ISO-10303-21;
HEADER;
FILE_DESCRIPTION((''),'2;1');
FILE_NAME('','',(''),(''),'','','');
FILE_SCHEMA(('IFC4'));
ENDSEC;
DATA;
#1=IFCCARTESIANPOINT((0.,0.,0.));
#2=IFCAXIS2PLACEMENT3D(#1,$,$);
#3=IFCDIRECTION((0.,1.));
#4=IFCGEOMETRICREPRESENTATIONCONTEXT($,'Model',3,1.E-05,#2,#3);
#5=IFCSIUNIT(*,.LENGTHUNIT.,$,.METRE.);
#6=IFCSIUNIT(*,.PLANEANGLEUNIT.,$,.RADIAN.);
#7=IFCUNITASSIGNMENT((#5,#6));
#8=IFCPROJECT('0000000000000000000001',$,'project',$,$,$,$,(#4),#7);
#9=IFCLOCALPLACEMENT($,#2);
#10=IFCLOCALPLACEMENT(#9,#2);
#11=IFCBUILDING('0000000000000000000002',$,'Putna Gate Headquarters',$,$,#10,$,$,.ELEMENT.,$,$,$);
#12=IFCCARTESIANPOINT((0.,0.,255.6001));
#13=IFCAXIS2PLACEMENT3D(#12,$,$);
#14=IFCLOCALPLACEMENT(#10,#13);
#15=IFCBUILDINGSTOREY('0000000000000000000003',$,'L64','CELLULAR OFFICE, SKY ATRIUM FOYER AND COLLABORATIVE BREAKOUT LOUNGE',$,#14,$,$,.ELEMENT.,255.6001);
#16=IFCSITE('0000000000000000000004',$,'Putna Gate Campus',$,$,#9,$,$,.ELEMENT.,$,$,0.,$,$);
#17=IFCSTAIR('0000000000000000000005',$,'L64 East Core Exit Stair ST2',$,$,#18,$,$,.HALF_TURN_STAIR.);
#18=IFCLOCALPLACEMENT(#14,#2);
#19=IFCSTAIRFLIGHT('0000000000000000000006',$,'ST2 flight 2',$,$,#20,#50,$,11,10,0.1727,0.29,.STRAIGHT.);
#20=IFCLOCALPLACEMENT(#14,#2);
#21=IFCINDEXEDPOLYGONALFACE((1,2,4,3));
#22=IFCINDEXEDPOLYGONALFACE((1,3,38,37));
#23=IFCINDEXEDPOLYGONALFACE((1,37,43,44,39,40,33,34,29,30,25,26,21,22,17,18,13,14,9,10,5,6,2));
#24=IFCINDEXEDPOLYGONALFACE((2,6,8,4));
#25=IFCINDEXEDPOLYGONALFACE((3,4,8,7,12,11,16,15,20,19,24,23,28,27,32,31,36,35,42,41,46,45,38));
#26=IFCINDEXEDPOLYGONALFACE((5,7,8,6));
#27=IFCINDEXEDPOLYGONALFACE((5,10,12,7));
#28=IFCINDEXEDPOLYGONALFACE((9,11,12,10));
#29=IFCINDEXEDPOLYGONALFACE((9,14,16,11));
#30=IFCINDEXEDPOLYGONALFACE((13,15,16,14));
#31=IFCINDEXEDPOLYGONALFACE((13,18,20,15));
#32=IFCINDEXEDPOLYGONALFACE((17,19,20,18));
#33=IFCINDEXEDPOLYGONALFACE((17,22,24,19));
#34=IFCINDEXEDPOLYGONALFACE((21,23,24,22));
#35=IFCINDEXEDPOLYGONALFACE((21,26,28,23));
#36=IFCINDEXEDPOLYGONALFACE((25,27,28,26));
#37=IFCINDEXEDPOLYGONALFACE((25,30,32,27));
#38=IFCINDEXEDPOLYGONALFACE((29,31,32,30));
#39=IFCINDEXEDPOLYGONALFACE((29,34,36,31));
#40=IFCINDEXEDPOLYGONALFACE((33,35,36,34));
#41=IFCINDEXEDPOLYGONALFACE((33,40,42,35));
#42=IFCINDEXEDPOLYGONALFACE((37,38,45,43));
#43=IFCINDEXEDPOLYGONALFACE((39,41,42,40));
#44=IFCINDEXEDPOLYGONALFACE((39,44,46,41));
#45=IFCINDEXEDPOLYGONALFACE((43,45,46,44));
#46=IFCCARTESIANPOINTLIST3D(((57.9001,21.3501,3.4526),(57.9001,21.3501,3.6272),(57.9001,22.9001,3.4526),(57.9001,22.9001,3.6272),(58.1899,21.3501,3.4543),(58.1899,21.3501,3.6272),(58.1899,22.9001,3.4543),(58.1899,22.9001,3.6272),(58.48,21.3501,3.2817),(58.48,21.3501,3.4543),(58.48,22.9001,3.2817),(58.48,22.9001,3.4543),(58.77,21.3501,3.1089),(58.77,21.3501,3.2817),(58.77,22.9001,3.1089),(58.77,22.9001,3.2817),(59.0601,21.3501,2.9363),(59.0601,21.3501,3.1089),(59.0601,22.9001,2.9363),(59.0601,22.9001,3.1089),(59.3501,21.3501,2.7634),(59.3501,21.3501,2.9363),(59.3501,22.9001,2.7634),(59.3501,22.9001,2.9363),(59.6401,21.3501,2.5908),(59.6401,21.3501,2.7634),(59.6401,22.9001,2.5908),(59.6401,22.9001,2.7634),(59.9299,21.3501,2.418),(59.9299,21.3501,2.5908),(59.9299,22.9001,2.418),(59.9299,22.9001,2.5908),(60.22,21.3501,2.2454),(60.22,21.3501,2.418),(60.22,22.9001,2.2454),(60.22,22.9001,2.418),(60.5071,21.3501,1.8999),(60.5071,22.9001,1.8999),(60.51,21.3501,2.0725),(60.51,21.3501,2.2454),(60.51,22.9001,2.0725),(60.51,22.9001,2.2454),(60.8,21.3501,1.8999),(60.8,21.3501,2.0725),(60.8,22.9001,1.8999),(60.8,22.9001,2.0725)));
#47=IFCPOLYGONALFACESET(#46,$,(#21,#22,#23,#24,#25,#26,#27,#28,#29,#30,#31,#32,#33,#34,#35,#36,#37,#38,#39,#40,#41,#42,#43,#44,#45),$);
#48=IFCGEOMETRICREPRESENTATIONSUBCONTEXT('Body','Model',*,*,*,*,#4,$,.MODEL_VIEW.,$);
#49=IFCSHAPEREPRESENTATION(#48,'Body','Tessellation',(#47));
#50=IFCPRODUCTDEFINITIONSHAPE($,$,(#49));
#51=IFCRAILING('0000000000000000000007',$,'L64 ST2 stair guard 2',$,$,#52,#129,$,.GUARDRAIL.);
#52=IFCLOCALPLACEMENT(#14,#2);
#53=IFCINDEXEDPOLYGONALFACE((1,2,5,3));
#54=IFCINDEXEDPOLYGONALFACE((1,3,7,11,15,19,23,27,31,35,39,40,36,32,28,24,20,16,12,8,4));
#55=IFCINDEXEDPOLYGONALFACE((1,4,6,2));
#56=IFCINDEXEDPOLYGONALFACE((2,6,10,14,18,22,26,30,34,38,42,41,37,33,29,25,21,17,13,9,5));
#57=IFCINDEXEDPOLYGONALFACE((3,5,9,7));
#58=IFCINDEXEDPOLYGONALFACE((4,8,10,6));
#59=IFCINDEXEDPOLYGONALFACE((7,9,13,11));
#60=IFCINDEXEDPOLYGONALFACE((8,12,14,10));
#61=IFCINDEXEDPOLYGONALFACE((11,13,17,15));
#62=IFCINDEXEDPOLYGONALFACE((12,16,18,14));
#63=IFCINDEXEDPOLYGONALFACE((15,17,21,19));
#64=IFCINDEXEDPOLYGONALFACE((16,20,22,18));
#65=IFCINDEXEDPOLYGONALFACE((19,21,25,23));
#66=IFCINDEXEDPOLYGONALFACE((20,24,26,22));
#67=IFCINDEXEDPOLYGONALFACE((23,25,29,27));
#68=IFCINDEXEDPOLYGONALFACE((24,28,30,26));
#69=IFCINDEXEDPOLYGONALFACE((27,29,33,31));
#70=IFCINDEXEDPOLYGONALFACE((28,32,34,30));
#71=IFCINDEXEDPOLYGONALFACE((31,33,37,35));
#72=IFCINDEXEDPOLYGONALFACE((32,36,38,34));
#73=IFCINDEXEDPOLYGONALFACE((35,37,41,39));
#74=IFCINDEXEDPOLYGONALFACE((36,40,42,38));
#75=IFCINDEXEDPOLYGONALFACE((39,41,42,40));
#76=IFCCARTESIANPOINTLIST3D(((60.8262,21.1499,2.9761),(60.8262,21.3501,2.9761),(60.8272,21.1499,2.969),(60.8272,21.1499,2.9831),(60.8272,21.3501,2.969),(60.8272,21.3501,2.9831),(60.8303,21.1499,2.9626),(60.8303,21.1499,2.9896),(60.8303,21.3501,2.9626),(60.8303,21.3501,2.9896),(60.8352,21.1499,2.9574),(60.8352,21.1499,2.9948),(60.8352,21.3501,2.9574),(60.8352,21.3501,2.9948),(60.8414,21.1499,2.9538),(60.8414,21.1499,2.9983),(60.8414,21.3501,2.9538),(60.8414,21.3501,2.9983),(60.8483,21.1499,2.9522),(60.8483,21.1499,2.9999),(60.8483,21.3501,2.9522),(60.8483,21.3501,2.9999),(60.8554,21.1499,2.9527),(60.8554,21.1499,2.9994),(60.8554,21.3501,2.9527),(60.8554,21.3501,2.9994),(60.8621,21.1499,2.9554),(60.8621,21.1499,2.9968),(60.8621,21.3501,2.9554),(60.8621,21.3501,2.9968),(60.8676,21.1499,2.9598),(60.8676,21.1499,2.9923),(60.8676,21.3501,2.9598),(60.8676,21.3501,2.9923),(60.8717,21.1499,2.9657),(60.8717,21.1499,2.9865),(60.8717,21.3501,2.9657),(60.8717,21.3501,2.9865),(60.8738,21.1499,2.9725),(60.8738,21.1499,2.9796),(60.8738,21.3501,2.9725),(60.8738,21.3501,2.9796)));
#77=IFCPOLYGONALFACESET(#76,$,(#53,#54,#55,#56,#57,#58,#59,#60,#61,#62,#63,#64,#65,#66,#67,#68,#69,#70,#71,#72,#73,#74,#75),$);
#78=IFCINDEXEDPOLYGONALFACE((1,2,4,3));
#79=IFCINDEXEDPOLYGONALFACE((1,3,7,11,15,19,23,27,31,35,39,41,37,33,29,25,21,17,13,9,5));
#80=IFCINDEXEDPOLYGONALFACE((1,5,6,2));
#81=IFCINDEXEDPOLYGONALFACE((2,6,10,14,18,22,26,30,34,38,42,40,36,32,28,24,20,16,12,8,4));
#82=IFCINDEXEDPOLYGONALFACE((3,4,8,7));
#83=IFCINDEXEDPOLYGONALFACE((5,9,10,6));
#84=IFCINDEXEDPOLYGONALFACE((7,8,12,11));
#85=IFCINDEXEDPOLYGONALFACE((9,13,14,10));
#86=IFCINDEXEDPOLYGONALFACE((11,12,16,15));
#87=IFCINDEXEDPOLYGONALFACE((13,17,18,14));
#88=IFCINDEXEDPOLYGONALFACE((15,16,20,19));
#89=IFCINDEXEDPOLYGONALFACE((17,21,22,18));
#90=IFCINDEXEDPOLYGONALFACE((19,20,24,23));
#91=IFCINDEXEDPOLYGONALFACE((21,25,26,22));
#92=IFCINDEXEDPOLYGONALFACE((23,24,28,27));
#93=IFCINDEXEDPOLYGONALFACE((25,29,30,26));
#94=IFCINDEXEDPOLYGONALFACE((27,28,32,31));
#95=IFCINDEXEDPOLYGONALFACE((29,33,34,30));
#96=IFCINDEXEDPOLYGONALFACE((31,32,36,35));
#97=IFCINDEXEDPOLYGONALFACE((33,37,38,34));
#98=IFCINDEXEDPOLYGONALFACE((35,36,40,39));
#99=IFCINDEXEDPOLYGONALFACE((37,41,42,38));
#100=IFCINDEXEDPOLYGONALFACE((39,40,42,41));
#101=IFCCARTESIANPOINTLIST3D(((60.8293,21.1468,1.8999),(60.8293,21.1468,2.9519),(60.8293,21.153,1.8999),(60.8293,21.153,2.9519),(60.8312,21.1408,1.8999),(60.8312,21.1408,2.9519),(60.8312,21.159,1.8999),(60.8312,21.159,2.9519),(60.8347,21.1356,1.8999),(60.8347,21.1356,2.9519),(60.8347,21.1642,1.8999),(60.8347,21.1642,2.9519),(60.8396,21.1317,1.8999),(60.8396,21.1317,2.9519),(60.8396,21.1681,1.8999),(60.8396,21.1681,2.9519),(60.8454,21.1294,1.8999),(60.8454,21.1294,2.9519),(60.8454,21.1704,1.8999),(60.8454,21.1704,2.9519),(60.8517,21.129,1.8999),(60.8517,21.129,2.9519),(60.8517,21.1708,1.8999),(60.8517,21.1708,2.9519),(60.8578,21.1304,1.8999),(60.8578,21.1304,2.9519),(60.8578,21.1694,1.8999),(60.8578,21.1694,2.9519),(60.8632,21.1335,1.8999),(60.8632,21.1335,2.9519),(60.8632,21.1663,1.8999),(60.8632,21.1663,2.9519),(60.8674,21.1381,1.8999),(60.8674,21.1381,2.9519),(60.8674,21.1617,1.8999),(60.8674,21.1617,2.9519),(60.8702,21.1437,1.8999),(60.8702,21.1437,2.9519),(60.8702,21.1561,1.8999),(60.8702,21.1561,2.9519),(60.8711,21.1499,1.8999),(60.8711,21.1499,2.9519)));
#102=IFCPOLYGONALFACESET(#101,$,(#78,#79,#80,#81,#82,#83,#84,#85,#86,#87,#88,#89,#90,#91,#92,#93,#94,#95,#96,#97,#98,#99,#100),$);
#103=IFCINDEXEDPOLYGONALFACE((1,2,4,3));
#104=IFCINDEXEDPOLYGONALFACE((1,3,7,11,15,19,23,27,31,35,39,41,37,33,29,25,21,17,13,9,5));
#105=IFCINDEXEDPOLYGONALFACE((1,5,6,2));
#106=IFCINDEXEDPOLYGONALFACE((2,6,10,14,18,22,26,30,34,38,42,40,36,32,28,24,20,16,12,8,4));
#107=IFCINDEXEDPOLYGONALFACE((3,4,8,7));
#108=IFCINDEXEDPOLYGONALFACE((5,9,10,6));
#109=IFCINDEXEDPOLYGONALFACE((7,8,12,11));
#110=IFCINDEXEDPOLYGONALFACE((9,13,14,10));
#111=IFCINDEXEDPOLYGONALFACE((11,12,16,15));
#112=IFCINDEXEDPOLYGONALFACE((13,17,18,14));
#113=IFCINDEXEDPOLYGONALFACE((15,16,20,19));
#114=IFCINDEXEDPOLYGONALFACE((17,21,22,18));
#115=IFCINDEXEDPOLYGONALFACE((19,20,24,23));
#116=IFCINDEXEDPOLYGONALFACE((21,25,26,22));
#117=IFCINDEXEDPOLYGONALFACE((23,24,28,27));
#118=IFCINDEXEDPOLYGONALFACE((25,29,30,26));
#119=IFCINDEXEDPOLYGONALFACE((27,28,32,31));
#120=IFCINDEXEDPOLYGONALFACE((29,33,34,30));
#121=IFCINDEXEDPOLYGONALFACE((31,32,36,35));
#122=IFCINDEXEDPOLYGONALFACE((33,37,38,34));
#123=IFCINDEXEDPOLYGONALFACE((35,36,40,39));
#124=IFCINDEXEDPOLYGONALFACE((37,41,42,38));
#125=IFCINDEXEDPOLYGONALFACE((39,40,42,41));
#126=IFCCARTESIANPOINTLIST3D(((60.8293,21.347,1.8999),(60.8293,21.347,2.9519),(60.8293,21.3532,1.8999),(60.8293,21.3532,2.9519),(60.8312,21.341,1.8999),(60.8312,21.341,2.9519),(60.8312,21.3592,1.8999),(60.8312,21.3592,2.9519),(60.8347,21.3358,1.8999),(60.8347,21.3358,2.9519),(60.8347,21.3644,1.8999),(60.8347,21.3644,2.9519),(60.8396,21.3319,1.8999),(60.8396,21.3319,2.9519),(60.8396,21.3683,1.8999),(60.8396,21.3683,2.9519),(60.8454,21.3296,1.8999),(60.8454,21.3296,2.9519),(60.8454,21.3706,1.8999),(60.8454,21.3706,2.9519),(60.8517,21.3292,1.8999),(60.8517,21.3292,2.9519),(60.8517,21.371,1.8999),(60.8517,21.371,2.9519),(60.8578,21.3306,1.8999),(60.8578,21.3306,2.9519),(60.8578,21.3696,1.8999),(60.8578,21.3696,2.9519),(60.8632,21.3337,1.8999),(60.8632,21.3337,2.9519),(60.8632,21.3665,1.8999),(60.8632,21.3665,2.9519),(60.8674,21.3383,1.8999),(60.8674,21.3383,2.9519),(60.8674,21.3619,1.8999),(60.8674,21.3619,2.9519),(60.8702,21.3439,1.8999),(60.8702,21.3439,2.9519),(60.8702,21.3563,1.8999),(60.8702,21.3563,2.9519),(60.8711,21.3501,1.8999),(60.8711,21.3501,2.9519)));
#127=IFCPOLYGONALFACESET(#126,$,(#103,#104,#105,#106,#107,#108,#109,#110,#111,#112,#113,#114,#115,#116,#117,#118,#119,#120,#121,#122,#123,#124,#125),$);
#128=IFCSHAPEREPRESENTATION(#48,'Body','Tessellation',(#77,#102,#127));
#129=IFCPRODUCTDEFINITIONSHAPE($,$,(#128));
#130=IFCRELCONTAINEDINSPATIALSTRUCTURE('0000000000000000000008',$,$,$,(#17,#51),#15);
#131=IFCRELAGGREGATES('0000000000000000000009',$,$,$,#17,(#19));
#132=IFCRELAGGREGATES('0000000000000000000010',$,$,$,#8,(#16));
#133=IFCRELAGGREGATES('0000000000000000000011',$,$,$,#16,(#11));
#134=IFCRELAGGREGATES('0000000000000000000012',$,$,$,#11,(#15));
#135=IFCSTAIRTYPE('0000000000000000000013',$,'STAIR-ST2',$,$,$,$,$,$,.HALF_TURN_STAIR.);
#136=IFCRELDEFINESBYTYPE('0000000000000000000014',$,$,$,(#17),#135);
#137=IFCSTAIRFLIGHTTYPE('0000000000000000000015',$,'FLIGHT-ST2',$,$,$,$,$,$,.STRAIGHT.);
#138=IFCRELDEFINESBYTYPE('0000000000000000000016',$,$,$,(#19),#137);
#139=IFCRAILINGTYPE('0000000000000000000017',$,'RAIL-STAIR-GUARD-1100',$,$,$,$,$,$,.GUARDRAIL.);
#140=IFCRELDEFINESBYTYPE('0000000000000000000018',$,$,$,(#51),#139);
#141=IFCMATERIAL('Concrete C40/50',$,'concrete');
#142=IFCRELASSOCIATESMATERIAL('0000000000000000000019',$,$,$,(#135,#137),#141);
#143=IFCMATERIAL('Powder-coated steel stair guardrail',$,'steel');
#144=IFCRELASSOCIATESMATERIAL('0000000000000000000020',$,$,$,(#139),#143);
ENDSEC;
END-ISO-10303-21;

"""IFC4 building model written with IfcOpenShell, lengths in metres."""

from ifc_helpers import new_model, si_unit, direction, frame, origin, origin_2d, place, context, subcontext, project, spatial, polyline, circle, outline, extrude, material, type_object, element, aggregate, save


model = new_model("IFC4")

# Units and contexts
model_context = context("Model", 3, precision=1e-05, world=origin(), true_north=direction((0.0, 1.0)))
body_context = subcontext(model_context, "Body", "Model", "MODEL_VIEW")
ifc_project = project(units=[si_unit("LENGTHUNIT", "METRE"), si_unit("PLANEANGLEUNIT", "RADIAN")], contexts=[model_context])

# Site, building, storey
site_placement = place(None, origin())
site = spatial("IfcSite", under=ifc_project, at=site_placement, Name="Putna Gate Campus", CompositionType="ELEMENT", RefElevation=0.0)
building_placement = place(site_placement, origin())
building = spatial("IfcBuilding", under=site, at=building_placement, Name="Putna Gate Headquarters", CompositionType="ELEMENT")
storey_placement = place(building_placement, frame((0.0, 0.0, 255.6001)))
storey = spatial("IfcBuildingStorey", under=building, at=storey_placement, Name="L64", Description="CELLULAR OFFICE, SKY ATRIUM FOYER AND COLLABORATIVE BREAKOUT LOUNGE", CompositionType="ELEMENT", Elevation=255.6001)

# Shared definitions
ifc_material_1 = material(Name="Concrete C40/50", Category="concrete")

# Stair, stair flight
stair_type = type_object("IfcStairType", Name="STAIR-ST2", PredefinedType="HALF_TURN_STAIR", material=ifc_material_1)
stair_placement = place(storey_placement, origin())
stair = element("IfcStair", 1, at=stair_placement, inside=storey, type_object=stair_type, Name="L64 East Core Exit Stair ST2", PredefinedType="HALF_TURN_STAIR")
stair_flight_type = type_object("IfcStairFlightType", Name="FLIGHT-ST2", PredefinedType="STRAIGHT", material=ifc_material_1)
stair_flight_placement = place(storey_placement, frame((60.8, 22.125, 1.8999), z_axis=(0.0, 0.0, 1.0), x_axis=(-1.0, 0.0, 0.0)))
stair_flight = element("IfcStairFlight", 2, at=stair_flight_placement, type_object=stair_flight_type, Name="ST2 flight 2", NumberOfRisers=11, NumberOfTreads=10, PredefinedType="STRAIGHT", RiserHeight=0.1727, TreadLength=0.29, context=body_context, shape_type="SweptSolid", body=[
    extrude(outline(polyline([(0.0, 0.0), (0.0, 0.1726), (0.29, 0.1726), (0.29, 0.3455), (0.5801, 0.3455), (0.5801, 0.5181), (0.8701, 0.5181), (0.8701, 0.6909), (1.1599, 0.6909), (1.1599, 0.8635), (1.45, 0.8635), (1.45, 1.0364), (1.74, 1.0364), (1.74, 1.209), (2.03, 1.209), (2.03, 1.3818), (2.3201, 1.3818), (2.3201, 1.5544), (2.6101, 1.5544), (2.6101, 1.7273), (2.8999, 1.7273), (2.8999, 1.8999), (2.8999, 1.5527), (0.293, 0.0), (0.0, 0.0)])), frame((0.0, 0.7749, 0.0), z_axis=(0.0, -1.0, 0.0), x_axis=(1.0, 0.0, 0.0)), (0.0, 0.0, 1.0), 1.55),
])
aggregate(stair, [stair_flight])

# Railing
ifc_material_2 = material(Name="Powder-coated steel stair guardrail", Category="steel")
railing_type_1 = type_object("IfcRailingType", Name="RAIL-STAIR-GUARD-1100", PredefinedType="GUARDRAIL", material=ifc_material_2)
railing_1_placement = place(storey_placement, frame((60.8501, 21.1499, 1.8999)))
element("IfcRailing", 3, at=railing_1_placement, inside=storey, type_object=railing_type_1, Name="L64 ST2 stair guard 2", PredefinedType="GUARDRAIL", context=body_context, shape_type="SweptSolid", body=[
    extrude(circle(Radius=0.0239, at=origin_2d()), frame((0.0, 0.0, 1.0762), z_axis=(0.0, 1.0, 0.0), x_axis=(-1.0, 0.0, 0.0)), (0.0, 0.0, 1.0), 0.2002),
    extrude(circle(Radius=0.021, at=origin_2d()), origin(), (0.0, 0.0, 1.0), 1.052),
    extrude(circle(Radius=0.021, at=origin_2d()), frame((0.0, 0.2002, 0.0)), (0.0, 0.0, 1.0), 1.052),
])

save(model, "model.ifc")
